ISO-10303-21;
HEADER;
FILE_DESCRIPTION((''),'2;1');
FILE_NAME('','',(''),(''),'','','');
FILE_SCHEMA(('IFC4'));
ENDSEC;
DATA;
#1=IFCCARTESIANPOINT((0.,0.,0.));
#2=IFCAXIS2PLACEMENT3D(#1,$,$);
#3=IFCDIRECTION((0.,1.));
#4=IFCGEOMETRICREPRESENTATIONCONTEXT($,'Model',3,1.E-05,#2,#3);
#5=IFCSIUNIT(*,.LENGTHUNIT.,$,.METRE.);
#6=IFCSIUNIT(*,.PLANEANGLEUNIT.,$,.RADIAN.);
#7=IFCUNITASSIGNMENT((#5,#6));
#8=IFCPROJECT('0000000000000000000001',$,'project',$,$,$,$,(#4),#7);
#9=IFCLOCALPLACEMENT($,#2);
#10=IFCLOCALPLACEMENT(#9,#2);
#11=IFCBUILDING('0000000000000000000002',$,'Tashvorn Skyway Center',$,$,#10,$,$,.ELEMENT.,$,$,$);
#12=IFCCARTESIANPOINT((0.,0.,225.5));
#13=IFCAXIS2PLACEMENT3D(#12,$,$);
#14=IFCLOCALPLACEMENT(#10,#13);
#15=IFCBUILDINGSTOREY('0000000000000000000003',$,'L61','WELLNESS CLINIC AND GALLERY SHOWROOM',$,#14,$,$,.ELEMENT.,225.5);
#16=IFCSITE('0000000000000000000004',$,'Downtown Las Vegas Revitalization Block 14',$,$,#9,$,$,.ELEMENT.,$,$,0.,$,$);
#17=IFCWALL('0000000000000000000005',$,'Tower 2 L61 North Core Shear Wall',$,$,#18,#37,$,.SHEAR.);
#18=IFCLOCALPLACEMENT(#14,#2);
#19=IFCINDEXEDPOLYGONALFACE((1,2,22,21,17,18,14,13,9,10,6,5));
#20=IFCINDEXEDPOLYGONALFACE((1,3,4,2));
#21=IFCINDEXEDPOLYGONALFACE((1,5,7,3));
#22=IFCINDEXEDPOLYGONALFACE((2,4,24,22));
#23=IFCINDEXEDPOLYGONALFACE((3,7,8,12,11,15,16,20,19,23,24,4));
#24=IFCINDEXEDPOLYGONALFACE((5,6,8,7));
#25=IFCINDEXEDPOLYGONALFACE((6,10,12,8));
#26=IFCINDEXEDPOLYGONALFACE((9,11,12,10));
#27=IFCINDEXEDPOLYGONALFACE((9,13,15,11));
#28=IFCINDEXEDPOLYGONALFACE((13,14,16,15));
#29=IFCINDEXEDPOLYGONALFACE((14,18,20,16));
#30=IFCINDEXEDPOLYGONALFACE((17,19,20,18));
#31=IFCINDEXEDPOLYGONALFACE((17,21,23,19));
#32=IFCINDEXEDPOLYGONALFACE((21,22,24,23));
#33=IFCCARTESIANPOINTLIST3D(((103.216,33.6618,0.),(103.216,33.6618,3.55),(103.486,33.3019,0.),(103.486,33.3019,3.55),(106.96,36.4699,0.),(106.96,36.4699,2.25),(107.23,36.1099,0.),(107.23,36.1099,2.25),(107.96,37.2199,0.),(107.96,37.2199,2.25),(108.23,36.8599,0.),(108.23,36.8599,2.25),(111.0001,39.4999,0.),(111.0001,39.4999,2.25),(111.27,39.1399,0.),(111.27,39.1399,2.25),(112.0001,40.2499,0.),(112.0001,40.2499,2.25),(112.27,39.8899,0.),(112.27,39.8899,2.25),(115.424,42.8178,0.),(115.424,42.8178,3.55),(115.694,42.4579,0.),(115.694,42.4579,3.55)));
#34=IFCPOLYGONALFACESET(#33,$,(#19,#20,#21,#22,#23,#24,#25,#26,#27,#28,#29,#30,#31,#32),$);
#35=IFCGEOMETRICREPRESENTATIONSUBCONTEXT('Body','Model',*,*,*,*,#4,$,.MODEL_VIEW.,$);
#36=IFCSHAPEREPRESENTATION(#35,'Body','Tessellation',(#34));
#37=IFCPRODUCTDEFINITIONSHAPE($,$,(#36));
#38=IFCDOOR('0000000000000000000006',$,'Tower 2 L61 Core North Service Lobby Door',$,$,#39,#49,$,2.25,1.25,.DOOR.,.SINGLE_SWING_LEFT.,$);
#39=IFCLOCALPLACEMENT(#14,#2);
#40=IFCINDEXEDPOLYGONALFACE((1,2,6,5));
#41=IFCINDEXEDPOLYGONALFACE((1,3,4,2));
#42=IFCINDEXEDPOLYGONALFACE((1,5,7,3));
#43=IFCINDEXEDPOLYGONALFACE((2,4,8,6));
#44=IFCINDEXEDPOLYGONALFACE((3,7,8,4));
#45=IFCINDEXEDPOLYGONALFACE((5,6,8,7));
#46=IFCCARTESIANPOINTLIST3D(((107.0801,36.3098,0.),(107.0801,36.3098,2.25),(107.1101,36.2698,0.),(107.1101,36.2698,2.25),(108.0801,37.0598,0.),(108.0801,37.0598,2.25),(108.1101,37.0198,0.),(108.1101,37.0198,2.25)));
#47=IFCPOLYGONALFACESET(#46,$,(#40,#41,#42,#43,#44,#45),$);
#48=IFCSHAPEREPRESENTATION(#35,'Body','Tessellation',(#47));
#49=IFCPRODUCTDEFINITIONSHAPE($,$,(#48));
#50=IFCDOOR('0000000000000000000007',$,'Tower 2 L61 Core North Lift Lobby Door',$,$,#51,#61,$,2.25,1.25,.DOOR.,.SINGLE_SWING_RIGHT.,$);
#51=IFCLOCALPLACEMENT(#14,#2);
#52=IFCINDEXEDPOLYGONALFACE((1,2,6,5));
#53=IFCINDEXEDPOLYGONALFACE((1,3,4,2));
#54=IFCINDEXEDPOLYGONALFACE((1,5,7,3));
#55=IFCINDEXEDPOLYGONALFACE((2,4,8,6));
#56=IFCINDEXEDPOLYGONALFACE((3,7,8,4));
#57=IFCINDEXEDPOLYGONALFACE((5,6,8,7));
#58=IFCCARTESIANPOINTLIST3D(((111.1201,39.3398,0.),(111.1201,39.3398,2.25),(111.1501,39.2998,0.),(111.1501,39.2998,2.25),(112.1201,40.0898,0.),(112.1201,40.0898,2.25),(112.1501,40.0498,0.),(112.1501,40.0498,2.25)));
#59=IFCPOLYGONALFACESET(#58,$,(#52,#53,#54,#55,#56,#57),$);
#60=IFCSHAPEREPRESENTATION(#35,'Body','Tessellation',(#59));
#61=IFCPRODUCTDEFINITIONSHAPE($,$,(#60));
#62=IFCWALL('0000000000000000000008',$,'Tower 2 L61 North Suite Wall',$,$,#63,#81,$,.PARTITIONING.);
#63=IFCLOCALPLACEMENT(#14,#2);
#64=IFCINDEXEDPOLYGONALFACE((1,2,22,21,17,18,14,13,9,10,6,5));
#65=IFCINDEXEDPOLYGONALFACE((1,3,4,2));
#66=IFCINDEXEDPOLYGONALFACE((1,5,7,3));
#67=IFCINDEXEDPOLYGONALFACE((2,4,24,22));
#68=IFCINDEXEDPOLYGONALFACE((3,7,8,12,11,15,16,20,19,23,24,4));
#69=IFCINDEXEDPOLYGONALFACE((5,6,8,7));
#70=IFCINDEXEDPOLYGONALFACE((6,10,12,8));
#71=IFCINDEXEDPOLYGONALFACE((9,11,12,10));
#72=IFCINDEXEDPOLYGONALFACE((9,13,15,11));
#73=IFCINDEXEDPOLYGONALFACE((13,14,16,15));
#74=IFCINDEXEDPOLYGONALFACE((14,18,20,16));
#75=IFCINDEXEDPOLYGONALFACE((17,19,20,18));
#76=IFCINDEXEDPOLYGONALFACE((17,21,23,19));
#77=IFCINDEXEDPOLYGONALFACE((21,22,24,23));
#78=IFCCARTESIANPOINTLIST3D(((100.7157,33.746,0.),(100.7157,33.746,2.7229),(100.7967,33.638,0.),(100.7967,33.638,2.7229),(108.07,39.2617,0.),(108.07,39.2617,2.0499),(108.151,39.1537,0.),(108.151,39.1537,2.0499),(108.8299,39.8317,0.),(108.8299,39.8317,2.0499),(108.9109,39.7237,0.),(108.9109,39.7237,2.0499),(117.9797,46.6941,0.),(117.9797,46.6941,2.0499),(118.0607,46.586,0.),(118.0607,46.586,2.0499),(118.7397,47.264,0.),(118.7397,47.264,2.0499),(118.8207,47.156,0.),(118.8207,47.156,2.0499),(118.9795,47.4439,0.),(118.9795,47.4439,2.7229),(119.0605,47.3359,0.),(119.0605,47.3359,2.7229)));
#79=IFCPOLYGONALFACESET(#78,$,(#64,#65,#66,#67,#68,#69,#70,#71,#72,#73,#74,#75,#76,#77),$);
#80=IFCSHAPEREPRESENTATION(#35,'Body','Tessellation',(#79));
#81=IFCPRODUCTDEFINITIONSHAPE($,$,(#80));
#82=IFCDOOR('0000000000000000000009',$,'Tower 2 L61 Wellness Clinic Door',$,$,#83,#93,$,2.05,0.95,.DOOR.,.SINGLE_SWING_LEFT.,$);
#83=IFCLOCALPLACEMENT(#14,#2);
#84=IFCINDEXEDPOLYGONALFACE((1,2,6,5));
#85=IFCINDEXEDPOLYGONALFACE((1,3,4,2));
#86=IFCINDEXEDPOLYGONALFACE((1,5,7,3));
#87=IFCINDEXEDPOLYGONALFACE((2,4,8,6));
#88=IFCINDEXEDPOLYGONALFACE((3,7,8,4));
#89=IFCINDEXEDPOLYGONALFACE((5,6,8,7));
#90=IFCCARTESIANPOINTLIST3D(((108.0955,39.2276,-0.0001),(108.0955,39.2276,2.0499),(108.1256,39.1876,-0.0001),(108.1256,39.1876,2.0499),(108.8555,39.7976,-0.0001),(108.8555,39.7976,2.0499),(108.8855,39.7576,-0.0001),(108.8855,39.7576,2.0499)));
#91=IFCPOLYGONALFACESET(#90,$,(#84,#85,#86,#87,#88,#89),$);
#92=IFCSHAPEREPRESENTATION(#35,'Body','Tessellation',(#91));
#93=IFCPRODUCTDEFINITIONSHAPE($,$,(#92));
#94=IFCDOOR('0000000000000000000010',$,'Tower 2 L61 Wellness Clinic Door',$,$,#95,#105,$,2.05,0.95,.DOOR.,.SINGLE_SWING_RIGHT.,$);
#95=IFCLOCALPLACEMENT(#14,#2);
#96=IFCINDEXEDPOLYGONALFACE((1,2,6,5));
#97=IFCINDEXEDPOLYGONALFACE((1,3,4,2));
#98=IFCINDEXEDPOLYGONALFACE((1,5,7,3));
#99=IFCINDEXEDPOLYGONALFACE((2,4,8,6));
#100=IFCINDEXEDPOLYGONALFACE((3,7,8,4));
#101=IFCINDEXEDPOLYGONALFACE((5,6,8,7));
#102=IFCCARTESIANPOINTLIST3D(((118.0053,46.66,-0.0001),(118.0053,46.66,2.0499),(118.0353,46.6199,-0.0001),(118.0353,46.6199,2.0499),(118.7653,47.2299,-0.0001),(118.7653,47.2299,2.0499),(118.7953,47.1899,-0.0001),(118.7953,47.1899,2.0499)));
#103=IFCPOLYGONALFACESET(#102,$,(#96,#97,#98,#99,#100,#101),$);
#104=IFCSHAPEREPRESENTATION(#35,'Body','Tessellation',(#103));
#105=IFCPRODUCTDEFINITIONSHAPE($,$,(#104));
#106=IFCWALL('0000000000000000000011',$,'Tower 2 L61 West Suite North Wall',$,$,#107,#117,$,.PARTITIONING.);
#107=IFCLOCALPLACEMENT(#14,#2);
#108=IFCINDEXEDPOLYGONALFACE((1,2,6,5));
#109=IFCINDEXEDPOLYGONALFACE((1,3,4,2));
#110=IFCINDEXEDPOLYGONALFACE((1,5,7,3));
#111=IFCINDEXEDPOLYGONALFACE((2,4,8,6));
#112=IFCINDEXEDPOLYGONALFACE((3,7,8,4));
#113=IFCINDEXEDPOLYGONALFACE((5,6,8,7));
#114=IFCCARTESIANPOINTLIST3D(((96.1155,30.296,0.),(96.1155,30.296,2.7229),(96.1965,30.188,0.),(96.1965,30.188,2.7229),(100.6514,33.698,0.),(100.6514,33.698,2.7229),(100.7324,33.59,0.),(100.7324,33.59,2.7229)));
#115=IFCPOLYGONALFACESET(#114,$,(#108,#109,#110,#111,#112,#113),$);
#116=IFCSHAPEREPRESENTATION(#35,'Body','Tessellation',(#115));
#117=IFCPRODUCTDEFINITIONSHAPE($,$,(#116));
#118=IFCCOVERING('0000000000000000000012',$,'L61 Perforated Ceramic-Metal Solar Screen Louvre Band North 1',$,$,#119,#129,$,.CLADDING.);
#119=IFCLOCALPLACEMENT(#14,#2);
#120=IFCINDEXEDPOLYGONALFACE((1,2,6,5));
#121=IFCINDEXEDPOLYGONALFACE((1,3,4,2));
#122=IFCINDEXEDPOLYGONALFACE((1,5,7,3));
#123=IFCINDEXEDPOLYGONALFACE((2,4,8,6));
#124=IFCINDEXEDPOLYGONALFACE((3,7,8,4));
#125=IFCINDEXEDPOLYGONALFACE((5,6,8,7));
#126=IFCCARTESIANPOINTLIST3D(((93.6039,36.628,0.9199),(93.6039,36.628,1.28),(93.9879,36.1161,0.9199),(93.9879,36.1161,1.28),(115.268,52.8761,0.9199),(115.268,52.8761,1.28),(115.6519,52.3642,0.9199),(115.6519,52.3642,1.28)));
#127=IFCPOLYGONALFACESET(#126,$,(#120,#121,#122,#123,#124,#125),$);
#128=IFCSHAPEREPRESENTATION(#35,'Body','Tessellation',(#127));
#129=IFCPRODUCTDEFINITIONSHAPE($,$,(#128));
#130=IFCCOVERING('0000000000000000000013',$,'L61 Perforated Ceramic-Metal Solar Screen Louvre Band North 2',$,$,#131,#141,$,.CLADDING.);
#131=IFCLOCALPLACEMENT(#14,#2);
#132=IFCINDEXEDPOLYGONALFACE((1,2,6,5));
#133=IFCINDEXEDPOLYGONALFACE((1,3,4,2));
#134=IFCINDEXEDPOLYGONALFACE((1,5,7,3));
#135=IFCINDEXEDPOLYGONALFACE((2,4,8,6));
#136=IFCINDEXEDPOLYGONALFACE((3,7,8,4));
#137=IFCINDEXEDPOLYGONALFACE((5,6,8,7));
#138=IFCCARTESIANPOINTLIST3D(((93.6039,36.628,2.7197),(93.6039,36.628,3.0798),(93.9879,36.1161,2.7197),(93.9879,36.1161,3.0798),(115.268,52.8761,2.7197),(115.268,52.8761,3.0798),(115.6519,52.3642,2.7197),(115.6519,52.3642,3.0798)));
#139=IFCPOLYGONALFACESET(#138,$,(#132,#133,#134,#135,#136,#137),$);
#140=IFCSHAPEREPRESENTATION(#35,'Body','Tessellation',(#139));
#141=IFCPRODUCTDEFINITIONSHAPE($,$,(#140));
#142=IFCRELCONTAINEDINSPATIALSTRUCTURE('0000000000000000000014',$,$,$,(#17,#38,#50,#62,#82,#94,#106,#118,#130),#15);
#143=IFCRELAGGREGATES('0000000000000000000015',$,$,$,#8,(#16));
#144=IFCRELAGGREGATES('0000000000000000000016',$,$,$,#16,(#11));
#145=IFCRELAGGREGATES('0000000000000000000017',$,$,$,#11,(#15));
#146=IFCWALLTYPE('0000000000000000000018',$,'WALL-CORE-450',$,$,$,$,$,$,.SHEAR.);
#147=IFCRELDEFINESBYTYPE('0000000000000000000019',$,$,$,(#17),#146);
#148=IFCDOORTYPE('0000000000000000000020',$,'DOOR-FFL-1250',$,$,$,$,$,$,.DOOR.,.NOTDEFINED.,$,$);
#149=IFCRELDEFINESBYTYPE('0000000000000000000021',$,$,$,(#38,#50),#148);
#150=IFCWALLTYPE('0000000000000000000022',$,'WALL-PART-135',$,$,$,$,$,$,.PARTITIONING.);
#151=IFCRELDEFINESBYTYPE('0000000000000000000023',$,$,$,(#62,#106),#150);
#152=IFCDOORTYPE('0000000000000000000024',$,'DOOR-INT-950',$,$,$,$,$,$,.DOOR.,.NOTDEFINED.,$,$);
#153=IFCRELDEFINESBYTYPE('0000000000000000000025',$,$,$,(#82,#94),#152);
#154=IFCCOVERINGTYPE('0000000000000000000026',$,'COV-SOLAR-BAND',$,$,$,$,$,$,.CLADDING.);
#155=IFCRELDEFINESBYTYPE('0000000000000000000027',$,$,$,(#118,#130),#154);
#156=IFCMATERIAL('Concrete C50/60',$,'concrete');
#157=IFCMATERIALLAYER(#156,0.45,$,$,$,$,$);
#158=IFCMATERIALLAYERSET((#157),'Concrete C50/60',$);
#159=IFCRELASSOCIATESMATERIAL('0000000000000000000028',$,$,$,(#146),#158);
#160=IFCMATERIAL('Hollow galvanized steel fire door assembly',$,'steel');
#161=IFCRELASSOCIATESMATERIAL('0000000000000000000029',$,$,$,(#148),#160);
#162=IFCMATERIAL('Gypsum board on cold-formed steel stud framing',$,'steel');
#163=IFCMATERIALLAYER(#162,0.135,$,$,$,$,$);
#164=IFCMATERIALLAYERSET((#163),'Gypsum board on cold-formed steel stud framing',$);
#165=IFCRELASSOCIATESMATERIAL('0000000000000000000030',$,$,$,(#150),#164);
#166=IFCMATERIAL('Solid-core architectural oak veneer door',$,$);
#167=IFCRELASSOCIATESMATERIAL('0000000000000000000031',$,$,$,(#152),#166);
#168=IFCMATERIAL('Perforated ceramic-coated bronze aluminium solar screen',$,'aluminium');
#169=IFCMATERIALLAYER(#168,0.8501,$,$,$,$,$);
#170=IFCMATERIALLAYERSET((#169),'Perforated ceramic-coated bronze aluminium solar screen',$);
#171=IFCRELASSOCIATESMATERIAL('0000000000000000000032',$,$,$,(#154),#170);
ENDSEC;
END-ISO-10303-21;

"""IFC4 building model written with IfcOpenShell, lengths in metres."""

from ifc_helpers import new_model, si_unit, direction, frame, frame_2d, origin, origin_2d, place, context, subcontext, project, spatial, rectangle, extrude, material, layer, layer_set, type_object, element, fill, save


model = new_model("IFC4")

# Units and contexts
model_context = context("Model", 3, precision=1e-05, world=origin(), true_north=direction((0.0, 1.0)))
body_context = subcontext(model_context, "Body", "Model", "MODEL_VIEW")
ifc_project = project(units=[si_unit("LENGTHUNIT", "METRE"), si_unit("PLANEANGLEUNIT", "RADIAN")], contexts=[model_context])

# Site, building, storey
site_placement = place(None, origin())
site = spatial("IfcSite", under=ifc_project, at=site_placement, Name="Downtown Las Vegas Revitalization Block 14", CompositionType="ELEMENT", RefElevation=0.0)
building_placement = place(site_placement, origin())
building = spatial("IfcBuilding", under=site, at=building_placement, Name="Tashvorn Skyway Center", CompositionType="ELEMENT")
storey_placement = place(building_placement, frame((0.0, 0.0, 225.5)))
storey = spatial("IfcBuildingStorey", under=building, at=storey_placement, Name="L61", Description="WELLNESS CLINIC AND GALLERY SHOWROOM", CompositionType="ELEMENT", Elevation=225.5)

# Walls, openings, doors
ifc_material_1 = material(Name="Concrete C50/60", Category="concrete")
ifc_layer_1 = layer(ifc_material_1, 0.45)
ifc_layer_set_1 = layer_set([ifc_layer_1], Name="Concrete C50/60")
wall_type_1 = type_object("IfcWallType", Name="WALL-CORE-450", PredefinedType="SHEAR", material=ifc_layer_set_1)
wall_1_placement = place(storey_placement, frame((103.3511, 33.4819, 0.0), z_axis=(0.0, 0.0, 1.0), x_axis=(0.8, 0.6, 0.0)))
wall_1 = element("IfcWall", 1, at=wall_1_placement, inside=storey, type_object=wall_type_1, Name="Tower 2 L61 North Core Shear Wall", PredefinedType="SHEAR", context=body_context, shape_type="SweptSolid", body=[
    extrude(rectangle(XDim=15.26, YDim=0.45, at=frame_2d((7.6299, 0.0))), origin(), (0.0, 0.0, 1.0), 3.55),
])
opening_1_placement = place(wall_1_placement, frame((4.6799, 0.0, 0.0)))
opening_1 = element("IfcOpeningElement", 2, at=opening_1_placement, cuts=wall_1, PredefinedType="OPENING", context=body_context, shape_type="SweptSolid", body=[
    extrude(rectangle(XDim=1.25, YDim=2.25, at=frame_2d((0.625, 1.125))), frame((0.0, 0.2349, 0.0), z_axis=(0.0, -1.0, 0.0), x_axis=(1.0, 0.0, 0.0)), (0.0, 0.0, 1.0), 0.47),
])
opening_2_placement = place(wall_1_placement, frame((9.73, 0.0, 0.0)))
opening_2 = element("IfcOpeningElement", 3, at=opening_2_placement, cuts=wall_1, PredefinedType="OPENING", context=body_context, shape_type="SweptSolid", body=[
    extrude(rectangle(XDim=1.25, YDim=2.25, at=frame_2d((0.625, 1.125))), frame((0.0, 0.2349, 0.0), z_axis=(0.0, -1.0, 0.0), x_axis=(1.0, 0.0, 0.0)), (0.0, 0.0, 1.0), 0.47),
])
ifc_material_2 = material(Name="Hollow galvanized steel fire door assembly", Category="steel")
door_type_1 = type_object("IfcDoorType", Name="DOOR-FFL-1250", OperationType="NOTDEFINED", PredefinedType="DOOR", material=ifc_material_2)
door_1_placement = place(opening_1_placement, origin())
door_1 = element("IfcDoor", 4, at=door_1_placement, inside=storey, type_object=door_type_1, Name="Tower 2 L61 Core North Service Lobby Door", OperationType="SINGLE_SWING_LEFT", OverallHeight=2.25, OverallWidth=1.25, PredefinedType="DOOR", context=body_context, shape_type="SweptSolid", body=[
    extrude(rectangle(XDim=1.25, YDim=2.25, at=frame_2d((0.625, 1.125))), frame((0.0, 0.0249, 0.0), z_axis=(0.0, -1.0, 0.0), x_axis=(1.0, 0.0, 0.0)), (0.0, 0.0, 1.0), 0.05),
])
fill(opening_1, door_1)
door_2_placement = place(opening_2_placement, origin())
door_2 = element("IfcDoor", 5, at=door_2_placement, inside=storey, type_object=door_type_1, Name="Tower 2 L61 Core North Lift Lobby Door", OperationType="SINGLE_SWING_RIGHT", OverallHeight=2.25, OverallWidth=1.25, PredefinedType="DOOR", context=body_context, shape_type="SweptSolid", body=[
    extrude(rectangle(XDim=1.25, YDim=2.25, at=frame_2d((0.625, 1.125))), frame((0.0, 0.0249, 0.0), z_axis=(0.0, -1.0, 0.0), x_axis=(1.0, 0.0, 0.0)), (0.0, 0.0, 1.0), 0.05),
])
fill(opening_2, door_2)
ifc_material_3 = material(Name="Gypsum board on cold-formed steel stud framing", Category="steel")
ifc_layer_2 = layer(ifc_material_3, 0.135)
ifc_layer_set_2 = layer_set([ifc_layer_2], Name="Gypsum board on cold-formed steel stud framing")
wall_type_2 = type_object("IfcWallType", Name="WALL-PART-135", PredefinedType="PARTITIONING", material=ifc_layer_set_2)
wall_2_placement = place(storey_placement, frame((100.7561, 33.6919, 0.0), z_axis=(0.0, 0.0, 1.0), x_axis=(0.799999, 0.600002, 0.0)))
wall_2 = element("IfcWall", 6, at=wall_2_placement, inside=storey, type_object=wall_type_2, Name="Tower 2 L61 North Suite Wall", PredefinedType="PARTITIONING", context=body_context, shape_type="SweptSolid", body=[
    extrude(rectangle(XDim=22.8298, YDim=0.135, at=frame_2d((11.415, 0.0))), origin(), (0.0, 0.0, 1.0), 2.7229),
])
opening_3_placement = place(wall_2_placement, frame((9.1929, 0.0, 0.0)))
opening_3 = element("IfcOpeningElement", 7, at=opening_3_placement, cuts=wall_2, PredefinedType="OPENING", context=body_context, shape_type="SweptSolid", body=[
    extrude(rectangle(XDim=0.95, YDim=2.05, at=frame_2d((0.4751, 1.0249))), frame((0.0, 0.0774, 0.0), z_axis=(0.0, -1.0, 0.0), x_axis=(1.0, 0.0, 0.0)), (0.0, 0.0, 1.0), 0.155),
])
opening_4_placement = place(wall_2_placement, frame((21.5801, 0.0, 0.0)))
opening_4 = element("IfcOpeningElement", 8, at=opening_4_placement, cuts=wall_2, PredefinedType="OPENING", context=body_context, shape_type="SweptSolid", body=[
    extrude(rectangle(XDim=0.95, YDim=2.05, at=frame_2d((0.4751, 1.0249))), frame((0.0, 0.0774, 0.0), z_axis=(0.0, -1.0, 0.0), x_axis=(1.0, 0.0, 0.0)), (0.0, 0.0, 1.0), 0.155),
])
ifc_material_4 = material(Name="Solid-core architectural oak veneer door")
door_type_2 = type_object("IfcDoorType", Name="DOOR-INT-950", OperationType="NOTDEFINED", PredefinedType="DOOR", material=ifc_material_4)
door_3_placement = place(opening_3_placement, origin())
door_3 = element("IfcDoor", 9, at=door_3_placement, inside=storey, type_object=door_type_2, Name="Tower 2 L61 Wellness Clinic Door", OperationType="SINGLE_SWING_LEFT", OverallHeight=2.05, OverallWidth=0.95, PredefinedType="DOOR", context=body_context, shape_type="SweptSolid", body=[
    extrude(rectangle(XDim=0.95, YDim=2.05, at=frame_2d((0.4751, 1.0249))), frame((0.0, 0.0249, 0.0), z_axis=(0.0, -1.0, 0.0), x_axis=(1.0, 0.0, 0.0)), (0.0, 0.0, 1.0), 0.05),
])
fill(opening_3, door_3)
door_4_placement = place(opening_4_placement, origin())
door_4 = element("IfcDoor", 10, at=door_4_placement, inside=storey, type_object=door_type_2, Name="Tower 2 L61 Wellness Clinic Door", OperationType="SINGLE_SWING_RIGHT", OverallHeight=2.05, OverallWidth=0.95, PredefinedType="DOOR", context=body_context, shape_type="SweptSolid", body=[
    extrude(rectangle(XDim=0.95, YDim=2.05, at=frame_2d((0.4751, 1.0249))), frame((0.0, 0.0249, 0.0), z_axis=(0.0, -1.0, 0.0), x_axis=(1.0, 0.0, 0.0)), (0.0, 0.0, 1.0), 0.05),
])
fill(opening_4, door_4)

# Wall
wall_3_placement = place(storey_placement, frame((100.6919, 33.644, 0.0), z_axis=(0.0, 0.0, 1.0), x_axis=(-0.799984, -0.600021, 0.0)))
element("IfcWall", 11, at=wall_3_placement, inside=storey, type_object=wall_type_2, Name="Tower 2 L61 West Suite North Wall", PredefinedType="PARTITIONING", context=body_context, shape_type="SweptSolid", body=[
    extrude(rectangle(XDim=5.6699, YDim=0.135, at=frame_2d((2.835, 0.0))), origin(), (0.0, 0.0, 1.0), 2.7229),
])

# Coverings
ifc_material_5 = material(Name="Perforated ceramic-coated bronze aluminium solar screen", Category="aluminium")
ifc_layer_3 = layer(ifc_material_5, 0.8501)
ifc_layer_set_3 = layer_set([ifc_layer_3], Name="Perforated ceramic-coated bronze aluminium solar screen")
covering_type = type_object("IfcCoveringType", Name="COV-SOLAR-BAND", PredefinedType="CLADDING", material=ifc_layer_set_3)
for number, where, z_axis, x_axis, name in (
    (12, (104.6279, 44.4961, 0.9199), (0.0, 0.0, 1.0), (0.8, 0.6, 0.0), "L61 Perforated Ceramic-Metal Solar Screen Louvre Band North 1"),
    (13, (104.6279, 44.4961, 2.7197), (0.0, 0.0, 1.0), (0.8, 0.6, 0.0), "L61 Perforated Ceramic-Metal Solar Screen Louvre Band North 2"),
):
    element("IfcCovering", number, at=place(storey_placement, frame(where, z_axis=z_axis, x_axis=x_axis)), inside=storey, type_object=covering_type, Name=name, PredefinedType="CLADDING", context=body_context, shape_type="SweptSolid", body=[
        extrude(rectangle(XDim=27.0801, YDim=0.6399, at=origin_2d()), origin(), (0.0, 0.0, 1.0), 0.3601),
    ])

save(model, "model.ifc")
